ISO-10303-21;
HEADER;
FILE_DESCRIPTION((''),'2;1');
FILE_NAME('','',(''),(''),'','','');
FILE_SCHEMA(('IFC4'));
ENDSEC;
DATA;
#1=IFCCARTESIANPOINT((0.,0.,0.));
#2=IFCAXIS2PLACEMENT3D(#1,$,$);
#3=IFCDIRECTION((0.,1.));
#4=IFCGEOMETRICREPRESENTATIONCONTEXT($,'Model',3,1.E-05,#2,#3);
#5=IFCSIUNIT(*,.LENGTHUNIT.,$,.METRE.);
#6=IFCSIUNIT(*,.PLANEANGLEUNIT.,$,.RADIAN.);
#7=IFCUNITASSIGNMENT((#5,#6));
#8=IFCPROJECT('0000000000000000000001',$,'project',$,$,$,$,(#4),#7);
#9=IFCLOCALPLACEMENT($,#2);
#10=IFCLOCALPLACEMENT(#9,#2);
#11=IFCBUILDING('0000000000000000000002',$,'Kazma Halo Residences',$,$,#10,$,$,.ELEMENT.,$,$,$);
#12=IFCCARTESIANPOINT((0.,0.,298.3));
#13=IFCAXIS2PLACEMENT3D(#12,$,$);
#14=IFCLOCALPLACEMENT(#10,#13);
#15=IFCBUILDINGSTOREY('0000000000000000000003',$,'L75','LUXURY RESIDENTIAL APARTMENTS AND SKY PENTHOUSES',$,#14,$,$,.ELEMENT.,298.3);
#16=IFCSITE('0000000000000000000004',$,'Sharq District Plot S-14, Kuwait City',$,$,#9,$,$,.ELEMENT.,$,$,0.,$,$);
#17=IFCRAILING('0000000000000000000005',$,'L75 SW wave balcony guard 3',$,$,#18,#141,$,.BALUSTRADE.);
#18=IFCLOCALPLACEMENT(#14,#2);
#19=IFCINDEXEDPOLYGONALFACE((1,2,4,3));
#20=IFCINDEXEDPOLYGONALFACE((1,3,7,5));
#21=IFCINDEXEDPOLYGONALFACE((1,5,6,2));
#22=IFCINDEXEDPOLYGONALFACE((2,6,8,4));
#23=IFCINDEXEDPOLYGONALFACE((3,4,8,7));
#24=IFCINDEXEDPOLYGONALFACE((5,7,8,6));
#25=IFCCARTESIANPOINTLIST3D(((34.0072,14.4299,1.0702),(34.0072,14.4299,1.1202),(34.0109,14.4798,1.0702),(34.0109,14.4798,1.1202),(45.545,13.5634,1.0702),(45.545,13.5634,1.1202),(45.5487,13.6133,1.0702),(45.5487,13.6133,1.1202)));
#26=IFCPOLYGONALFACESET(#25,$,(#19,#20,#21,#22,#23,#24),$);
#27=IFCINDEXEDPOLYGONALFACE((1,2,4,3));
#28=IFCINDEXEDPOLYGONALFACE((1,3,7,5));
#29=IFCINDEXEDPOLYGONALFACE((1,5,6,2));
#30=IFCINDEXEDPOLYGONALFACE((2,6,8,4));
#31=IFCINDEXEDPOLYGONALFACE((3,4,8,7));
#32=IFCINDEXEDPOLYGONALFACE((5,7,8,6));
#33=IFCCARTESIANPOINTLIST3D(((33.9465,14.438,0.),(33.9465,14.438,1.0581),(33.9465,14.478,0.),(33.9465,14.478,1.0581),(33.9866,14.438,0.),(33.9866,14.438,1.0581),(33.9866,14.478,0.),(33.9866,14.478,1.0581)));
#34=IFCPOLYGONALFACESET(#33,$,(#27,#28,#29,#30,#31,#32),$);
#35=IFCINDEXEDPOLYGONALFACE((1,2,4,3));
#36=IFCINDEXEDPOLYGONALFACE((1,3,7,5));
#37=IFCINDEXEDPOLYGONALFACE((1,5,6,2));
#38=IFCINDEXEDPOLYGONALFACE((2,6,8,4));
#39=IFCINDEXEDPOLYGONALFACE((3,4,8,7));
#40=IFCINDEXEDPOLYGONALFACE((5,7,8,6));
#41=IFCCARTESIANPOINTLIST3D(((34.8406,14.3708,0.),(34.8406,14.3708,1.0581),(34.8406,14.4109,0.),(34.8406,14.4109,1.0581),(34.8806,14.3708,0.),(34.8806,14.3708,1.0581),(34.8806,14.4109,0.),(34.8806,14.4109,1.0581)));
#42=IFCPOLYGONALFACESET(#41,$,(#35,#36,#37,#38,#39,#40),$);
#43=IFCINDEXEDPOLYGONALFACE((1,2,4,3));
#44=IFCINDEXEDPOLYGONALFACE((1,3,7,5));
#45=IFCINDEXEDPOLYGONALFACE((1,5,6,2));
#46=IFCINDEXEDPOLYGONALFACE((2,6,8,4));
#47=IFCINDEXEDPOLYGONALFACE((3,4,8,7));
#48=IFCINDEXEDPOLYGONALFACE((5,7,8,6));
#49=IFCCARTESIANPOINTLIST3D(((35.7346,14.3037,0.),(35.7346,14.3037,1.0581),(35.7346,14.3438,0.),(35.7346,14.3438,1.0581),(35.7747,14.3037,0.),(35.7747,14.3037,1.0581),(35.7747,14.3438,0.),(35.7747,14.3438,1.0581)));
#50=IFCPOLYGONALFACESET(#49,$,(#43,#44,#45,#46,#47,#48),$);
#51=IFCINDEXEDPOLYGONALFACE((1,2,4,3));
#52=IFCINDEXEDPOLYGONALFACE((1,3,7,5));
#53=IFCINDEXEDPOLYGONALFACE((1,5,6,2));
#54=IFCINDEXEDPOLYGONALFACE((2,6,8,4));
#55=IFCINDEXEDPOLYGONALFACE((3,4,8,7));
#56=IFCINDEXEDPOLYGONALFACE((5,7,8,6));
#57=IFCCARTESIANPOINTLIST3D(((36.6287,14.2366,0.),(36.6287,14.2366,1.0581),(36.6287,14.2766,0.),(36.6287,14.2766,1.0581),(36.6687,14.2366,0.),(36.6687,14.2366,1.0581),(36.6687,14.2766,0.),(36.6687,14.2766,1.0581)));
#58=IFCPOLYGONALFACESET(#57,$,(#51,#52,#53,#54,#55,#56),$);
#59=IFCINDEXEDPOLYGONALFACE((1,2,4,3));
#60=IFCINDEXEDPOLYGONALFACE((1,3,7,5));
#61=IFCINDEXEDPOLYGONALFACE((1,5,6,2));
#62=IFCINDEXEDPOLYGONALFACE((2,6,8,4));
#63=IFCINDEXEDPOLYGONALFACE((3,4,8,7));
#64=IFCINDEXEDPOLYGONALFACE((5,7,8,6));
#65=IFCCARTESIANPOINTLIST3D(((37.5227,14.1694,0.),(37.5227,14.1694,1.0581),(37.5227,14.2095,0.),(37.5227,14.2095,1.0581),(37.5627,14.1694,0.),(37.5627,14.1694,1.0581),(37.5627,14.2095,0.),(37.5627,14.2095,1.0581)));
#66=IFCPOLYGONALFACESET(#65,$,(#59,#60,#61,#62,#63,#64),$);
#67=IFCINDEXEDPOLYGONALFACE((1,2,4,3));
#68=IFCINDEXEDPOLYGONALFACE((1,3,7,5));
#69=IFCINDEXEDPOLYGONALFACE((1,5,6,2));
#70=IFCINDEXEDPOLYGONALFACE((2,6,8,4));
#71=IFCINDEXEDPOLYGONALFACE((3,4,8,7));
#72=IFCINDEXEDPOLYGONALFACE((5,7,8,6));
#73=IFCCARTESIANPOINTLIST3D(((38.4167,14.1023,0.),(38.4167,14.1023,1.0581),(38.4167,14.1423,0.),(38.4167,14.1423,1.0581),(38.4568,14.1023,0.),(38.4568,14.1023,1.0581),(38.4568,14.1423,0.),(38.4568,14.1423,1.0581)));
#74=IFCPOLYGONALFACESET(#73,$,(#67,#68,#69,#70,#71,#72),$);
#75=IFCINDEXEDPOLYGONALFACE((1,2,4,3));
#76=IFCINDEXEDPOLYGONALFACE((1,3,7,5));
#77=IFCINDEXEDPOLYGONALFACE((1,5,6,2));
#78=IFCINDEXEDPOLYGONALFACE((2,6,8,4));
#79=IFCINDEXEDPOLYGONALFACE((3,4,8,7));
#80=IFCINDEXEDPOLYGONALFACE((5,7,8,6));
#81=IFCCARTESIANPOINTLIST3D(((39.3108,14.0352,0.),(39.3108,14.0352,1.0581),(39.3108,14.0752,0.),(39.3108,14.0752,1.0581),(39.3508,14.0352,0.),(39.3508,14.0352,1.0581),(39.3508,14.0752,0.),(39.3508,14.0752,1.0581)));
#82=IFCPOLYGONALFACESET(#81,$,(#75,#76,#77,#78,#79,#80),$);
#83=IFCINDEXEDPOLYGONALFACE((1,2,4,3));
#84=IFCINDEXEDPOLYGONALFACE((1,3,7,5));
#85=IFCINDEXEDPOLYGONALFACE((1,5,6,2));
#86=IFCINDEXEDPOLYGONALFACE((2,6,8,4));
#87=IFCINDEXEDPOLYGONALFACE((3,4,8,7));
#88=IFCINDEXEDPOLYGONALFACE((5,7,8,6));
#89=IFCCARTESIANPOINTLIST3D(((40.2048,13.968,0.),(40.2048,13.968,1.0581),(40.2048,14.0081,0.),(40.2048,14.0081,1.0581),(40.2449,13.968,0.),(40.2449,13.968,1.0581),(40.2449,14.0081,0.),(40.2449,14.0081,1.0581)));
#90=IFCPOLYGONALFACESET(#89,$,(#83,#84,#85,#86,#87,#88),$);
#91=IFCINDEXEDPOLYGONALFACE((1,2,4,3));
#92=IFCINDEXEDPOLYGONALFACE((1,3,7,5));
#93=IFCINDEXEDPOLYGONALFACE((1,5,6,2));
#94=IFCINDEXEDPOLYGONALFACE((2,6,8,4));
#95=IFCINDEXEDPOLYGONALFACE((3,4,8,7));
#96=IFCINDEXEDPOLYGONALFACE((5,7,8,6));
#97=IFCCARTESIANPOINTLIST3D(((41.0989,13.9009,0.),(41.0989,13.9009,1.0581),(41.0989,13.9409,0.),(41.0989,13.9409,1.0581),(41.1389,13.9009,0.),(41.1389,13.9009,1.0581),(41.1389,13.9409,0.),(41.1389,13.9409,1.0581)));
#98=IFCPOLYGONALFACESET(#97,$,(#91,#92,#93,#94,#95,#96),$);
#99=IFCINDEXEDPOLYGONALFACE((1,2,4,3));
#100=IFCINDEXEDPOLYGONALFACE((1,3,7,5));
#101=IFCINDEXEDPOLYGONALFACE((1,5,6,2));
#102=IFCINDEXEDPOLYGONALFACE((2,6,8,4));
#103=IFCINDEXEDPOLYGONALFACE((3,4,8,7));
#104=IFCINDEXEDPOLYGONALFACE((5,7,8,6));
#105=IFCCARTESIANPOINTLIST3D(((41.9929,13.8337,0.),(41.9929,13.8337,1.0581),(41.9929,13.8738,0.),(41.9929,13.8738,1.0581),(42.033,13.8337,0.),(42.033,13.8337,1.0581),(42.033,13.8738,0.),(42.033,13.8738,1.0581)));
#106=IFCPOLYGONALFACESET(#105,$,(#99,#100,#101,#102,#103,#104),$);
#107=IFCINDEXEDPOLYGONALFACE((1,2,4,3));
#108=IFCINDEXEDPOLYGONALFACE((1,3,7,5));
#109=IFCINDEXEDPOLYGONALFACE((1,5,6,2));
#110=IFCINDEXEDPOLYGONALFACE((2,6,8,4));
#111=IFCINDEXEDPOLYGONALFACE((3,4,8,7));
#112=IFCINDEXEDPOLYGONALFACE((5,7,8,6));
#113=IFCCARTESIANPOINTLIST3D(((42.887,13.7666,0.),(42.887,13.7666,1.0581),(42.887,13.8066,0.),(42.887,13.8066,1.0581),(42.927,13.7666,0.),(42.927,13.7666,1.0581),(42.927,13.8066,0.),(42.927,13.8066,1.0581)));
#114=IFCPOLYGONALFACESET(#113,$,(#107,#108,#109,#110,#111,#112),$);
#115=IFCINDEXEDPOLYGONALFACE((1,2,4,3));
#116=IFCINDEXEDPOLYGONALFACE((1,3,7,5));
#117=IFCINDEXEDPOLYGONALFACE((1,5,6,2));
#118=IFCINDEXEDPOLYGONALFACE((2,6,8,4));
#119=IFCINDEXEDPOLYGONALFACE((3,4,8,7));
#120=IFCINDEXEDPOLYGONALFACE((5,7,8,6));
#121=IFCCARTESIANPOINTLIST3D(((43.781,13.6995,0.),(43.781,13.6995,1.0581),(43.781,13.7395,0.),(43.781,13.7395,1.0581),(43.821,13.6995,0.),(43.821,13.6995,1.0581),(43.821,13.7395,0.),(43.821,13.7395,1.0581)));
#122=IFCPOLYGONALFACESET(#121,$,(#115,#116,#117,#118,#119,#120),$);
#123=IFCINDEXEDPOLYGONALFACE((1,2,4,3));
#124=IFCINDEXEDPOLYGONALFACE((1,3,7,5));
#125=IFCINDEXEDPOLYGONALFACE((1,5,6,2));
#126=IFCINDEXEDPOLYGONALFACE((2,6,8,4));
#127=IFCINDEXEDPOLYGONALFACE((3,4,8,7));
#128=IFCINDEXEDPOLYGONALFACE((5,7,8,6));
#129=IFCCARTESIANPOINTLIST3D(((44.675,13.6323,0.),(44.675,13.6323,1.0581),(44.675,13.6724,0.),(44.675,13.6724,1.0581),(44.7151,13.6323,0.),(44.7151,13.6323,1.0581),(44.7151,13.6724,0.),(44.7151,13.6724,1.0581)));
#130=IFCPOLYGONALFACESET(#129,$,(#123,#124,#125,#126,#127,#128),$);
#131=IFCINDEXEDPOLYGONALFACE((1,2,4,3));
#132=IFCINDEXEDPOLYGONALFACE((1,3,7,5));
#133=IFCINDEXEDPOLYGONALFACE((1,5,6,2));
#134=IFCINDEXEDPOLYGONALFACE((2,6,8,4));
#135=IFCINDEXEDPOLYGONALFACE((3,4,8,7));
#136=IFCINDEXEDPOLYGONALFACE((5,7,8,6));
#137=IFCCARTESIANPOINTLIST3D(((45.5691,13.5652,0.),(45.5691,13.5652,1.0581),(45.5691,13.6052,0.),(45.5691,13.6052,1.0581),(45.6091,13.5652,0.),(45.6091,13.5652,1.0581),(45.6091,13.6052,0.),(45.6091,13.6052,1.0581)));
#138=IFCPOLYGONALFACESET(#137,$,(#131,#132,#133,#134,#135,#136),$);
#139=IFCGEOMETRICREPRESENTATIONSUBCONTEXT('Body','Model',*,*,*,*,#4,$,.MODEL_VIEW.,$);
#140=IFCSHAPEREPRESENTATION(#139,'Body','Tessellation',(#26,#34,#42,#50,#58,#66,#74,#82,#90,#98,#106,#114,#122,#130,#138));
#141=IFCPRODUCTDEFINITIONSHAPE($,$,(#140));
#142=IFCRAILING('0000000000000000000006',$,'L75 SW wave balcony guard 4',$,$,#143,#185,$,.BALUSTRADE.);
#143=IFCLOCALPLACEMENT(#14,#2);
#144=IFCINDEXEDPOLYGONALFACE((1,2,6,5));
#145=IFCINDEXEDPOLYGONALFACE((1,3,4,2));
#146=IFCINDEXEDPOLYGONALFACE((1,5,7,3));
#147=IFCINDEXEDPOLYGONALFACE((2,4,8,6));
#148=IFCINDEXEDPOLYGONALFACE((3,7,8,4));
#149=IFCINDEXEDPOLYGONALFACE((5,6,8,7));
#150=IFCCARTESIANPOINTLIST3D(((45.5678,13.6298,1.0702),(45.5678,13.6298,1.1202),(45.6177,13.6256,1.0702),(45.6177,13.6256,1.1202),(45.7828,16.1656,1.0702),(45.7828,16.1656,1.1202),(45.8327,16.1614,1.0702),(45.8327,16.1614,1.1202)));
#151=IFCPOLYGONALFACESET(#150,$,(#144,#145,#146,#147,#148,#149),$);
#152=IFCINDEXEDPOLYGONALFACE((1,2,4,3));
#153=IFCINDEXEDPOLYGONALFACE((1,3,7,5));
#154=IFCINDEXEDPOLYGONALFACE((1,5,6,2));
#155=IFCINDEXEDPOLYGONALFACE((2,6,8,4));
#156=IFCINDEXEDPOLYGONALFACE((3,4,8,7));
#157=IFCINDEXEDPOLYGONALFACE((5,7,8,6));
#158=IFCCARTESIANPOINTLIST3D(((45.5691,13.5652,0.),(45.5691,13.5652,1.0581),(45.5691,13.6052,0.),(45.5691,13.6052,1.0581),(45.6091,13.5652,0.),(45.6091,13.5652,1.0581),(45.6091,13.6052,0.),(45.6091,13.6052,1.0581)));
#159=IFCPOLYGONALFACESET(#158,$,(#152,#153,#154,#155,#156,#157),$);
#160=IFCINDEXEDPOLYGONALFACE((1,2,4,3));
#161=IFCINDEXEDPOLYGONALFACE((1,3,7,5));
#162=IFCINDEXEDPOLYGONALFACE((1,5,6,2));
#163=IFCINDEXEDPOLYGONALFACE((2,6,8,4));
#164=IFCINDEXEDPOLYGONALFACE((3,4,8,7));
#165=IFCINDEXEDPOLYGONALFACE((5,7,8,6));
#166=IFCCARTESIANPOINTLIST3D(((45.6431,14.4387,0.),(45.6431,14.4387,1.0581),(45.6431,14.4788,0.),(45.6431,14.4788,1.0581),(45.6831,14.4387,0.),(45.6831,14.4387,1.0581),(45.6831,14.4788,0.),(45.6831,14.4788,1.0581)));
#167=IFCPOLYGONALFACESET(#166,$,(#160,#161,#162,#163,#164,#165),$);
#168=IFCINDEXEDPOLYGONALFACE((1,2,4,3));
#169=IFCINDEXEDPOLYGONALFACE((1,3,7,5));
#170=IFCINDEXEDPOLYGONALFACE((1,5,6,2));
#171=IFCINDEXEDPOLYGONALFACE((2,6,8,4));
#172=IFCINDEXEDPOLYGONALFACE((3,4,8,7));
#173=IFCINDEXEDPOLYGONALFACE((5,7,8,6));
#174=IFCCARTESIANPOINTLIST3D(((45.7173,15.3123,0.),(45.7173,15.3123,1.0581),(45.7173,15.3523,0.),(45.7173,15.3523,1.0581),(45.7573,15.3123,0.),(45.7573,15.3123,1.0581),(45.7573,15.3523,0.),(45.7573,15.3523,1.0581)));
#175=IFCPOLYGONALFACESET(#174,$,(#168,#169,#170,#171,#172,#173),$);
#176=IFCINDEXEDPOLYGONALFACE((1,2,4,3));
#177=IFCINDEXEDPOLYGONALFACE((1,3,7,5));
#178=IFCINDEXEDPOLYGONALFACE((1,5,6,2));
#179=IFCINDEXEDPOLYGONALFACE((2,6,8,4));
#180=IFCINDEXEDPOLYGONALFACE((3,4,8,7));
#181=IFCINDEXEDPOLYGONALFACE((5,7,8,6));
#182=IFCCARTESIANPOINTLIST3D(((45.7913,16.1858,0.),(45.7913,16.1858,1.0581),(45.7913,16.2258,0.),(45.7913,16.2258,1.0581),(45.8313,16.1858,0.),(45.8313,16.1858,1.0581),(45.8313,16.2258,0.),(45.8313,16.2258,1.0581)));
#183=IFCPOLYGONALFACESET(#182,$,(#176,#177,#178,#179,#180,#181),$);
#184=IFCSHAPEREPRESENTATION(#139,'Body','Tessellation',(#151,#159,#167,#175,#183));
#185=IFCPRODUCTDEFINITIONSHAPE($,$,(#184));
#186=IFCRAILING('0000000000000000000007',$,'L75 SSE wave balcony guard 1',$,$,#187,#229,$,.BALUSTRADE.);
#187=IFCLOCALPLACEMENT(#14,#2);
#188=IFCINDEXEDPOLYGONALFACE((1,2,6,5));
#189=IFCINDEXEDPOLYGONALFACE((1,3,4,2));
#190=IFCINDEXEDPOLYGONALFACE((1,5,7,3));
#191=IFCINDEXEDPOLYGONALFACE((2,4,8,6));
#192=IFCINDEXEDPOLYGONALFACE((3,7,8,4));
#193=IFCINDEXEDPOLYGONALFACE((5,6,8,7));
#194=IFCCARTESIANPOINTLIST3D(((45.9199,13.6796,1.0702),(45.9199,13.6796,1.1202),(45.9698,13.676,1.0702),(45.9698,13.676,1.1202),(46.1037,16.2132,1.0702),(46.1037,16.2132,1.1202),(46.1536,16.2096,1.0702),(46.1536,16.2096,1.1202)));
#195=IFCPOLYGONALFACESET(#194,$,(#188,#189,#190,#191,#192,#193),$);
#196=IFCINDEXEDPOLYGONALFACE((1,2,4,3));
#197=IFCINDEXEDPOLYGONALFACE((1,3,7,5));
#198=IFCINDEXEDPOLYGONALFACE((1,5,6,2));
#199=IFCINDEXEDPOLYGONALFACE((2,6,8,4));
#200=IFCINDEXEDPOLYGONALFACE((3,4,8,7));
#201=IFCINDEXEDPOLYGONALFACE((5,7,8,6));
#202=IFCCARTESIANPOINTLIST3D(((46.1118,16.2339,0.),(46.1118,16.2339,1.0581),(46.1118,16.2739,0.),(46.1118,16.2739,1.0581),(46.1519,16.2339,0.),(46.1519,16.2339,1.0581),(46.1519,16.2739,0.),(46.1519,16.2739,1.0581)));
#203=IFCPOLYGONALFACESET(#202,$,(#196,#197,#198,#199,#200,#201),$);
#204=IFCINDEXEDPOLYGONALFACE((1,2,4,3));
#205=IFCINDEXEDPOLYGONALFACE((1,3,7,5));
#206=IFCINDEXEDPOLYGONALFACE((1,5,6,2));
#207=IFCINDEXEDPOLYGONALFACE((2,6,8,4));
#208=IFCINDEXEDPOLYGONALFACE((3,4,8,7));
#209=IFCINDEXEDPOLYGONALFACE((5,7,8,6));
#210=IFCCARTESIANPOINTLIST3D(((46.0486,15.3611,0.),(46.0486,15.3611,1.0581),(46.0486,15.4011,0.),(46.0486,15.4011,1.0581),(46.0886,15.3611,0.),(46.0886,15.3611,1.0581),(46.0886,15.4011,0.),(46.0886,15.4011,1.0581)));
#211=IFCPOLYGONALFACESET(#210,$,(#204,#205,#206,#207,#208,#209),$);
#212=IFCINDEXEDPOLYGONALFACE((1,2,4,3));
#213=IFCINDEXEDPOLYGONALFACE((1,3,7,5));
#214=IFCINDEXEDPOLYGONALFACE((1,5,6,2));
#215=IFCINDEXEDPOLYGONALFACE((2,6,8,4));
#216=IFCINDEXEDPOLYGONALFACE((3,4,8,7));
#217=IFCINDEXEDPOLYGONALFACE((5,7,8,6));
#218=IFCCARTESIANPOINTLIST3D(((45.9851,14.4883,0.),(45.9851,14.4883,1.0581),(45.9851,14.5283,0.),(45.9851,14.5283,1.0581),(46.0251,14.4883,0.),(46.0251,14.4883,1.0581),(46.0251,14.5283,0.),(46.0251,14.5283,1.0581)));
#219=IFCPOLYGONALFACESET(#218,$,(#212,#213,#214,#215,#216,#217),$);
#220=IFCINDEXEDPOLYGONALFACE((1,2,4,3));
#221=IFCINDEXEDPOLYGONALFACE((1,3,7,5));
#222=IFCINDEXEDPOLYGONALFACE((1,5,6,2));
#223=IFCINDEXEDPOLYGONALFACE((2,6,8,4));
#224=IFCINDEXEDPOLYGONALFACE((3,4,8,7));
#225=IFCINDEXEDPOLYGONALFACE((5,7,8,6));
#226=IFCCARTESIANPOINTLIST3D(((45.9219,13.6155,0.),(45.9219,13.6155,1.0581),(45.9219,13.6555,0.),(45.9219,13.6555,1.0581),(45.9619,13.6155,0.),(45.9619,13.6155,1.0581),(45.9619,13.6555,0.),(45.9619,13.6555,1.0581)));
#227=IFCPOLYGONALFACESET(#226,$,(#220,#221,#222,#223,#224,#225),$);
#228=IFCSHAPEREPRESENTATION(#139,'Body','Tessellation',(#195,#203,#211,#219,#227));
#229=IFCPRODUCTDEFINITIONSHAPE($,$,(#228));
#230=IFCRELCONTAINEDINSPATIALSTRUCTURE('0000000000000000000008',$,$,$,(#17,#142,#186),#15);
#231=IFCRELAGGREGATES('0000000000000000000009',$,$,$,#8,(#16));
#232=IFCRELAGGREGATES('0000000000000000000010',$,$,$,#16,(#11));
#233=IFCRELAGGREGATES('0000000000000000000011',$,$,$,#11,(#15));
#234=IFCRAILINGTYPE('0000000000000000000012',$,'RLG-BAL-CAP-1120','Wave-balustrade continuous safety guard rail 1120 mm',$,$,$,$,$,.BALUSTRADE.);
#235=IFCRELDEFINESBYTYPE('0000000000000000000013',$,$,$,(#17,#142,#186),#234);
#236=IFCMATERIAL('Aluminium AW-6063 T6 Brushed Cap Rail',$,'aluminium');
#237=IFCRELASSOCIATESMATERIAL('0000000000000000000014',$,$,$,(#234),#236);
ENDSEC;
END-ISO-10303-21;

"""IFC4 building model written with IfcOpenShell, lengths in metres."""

from ifc_helpers import new_model, si_unit, direction, frame, origin, origin_2d, place, context, subcontext, project, spatial, rectangle, extrude, material, type_object, element, save


model = new_model("IFC4")

# Units and contexts
model_context = context("Model", 3, precision=1e-05, world=origin(), true_north=direction((0.0, 1.0)))
body_context = subcontext(model_context, "Body", "Model", "MODEL_VIEW")
ifc_project = project(units=[si_unit("LENGTHUNIT", "METRE"), si_unit("PLANEANGLEUNIT", "RADIAN")], contexts=[model_context])

# Site, building, storey
site_placement = place(None, origin())
site = spatial("IfcSite", under=ifc_project, at=site_placement, Name="Sharq District Plot S-14, Kuwait City", CompositionType="ELEMENT", RefElevation=0.0)
building_placement = place(site_placement, origin())
building = spatial("IfcBuilding", under=site, at=building_placement, Name="Kazma Halo Residences", CompositionType="ELEMENT")
storey_placement = place(building_placement, frame((0.0, 0.0, 298.3)))
storey = spatial("IfcBuildingStorey", under=building, at=storey_placement, Name="L75", Description="LUXURY RESIDENTIAL APARTMENTS AND SKY PENTHOUSES", CompositionType="ELEMENT", Elevation=298.3)

# Railings
ifc_material_1 = material(Name="Aluminium AW-6063 T6 Brushed Cap Rail", Category="aluminium")
railing_type = type_object("IfcRailingType", Name="RLG-BAL-CAP-1120", Description="Wave-balustrade continuous safety guard rail 1120 mm", PredefinedType="BALUSTRADE", material=ifc_material_1)
railing_1_placement = place(storey_placement, frame((33.9666, 14.458, 0.0)))
element("IfcRailing", 1, at=railing_1_placement, inside=storey, type_object=railing_type, Name="L75 SW wave balcony guard 3", PredefinedType="BALUSTRADE", context=body_context, shape_type="SweptSolid", body=[
    extrude(rectangle(XDim=0.05, YDim=0.05, at=origin_2d()), frame((0.0425, -0.0032, 1.0952), z_axis=(0.997192, -0.074885, 0.0), x_axis=(0.074885, 0.997192, 0.0)), (0.0, 0.0, 1.0), 11.5703),
    extrude(rectangle(XDim=0.04, YDim=0.04, at=origin_2d()), origin(), (0.0, 0.0, 1.0), 1.0581),
    extrude(rectangle(XDim=0.04, YDim=0.04, at=origin_2d()), frame((0.894, -0.0671, 0.0)), (0.0, 0.0, 1.0), 1.0581),
    extrude(rectangle(XDim=0.04, YDim=0.04, at=origin_2d()), frame((1.7881, -0.1343, 0.0)), (0.0, 0.0, 1.0), 1.0581),
    extrude(rectangle(XDim=0.04, YDim=0.04, at=origin_2d()), frame((2.6821, -0.2014, 0.0)), (0.0, 0.0, 1.0), 1.0581),
    extrude(rectangle(XDim=0.04, YDim=0.04, at=origin_2d()), frame((3.5762, -0.2686, 0.0)), (0.0, 0.0, 1.0), 1.0581),
    extrude(rectangle(XDim=0.04, YDim=0.04, at=origin_2d()), frame((4.4702, -0.3357, 0.0)), (0.0, 0.0, 1.0), 1.0581),
    extrude(rectangle(XDim=0.04, YDim=0.04, at=origin_2d()), frame((5.3643, -0.4028, 0.0)), (0.0, 0.0, 1.0), 1.0581),
    extrude(rectangle(XDim=0.04, YDim=0.04, at=origin_2d()), frame((6.2583, -0.47, 0.0)), (0.0, 0.0, 1.0), 1.0581),
    extrude(rectangle(XDim=0.04, YDim=0.04, at=origin_2d()), frame((7.1523, -0.5371, 0.0)), (0.0, 0.0, 1.0), 1.0581),
    extrude(rectangle(XDim=0.04, YDim=0.04, at=origin_2d()), frame((8.0464, -0.6042, 0.0)), (0.0, 0.0, 1.0), 1.0581),
    extrude(rectangle(XDim=0.04, YDim=0.04, at=origin_2d()), frame((8.9404, -0.6714, 0.0)), (0.0, 0.0, 1.0), 1.0581),
    extrude(rectangle(XDim=0.04, YDim=0.04, at=origin_2d()), frame((9.8345, -0.7385, 0.0)), (0.0, 0.0, 1.0), 1.0581),
    extrude(rectangle(XDim=0.04, YDim=0.04, at=origin_2d()), frame((10.7285, -0.8057, 0.0)), (0.0, 0.0, 1.0), 1.0581),
    extrude(rectangle(XDim=0.04, YDim=0.04, at=origin_2d()), frame((11.6226, -0.8728, 0.0)), (0.0, 0.0, 1.0), 1.0581),
])
railing_2_placement = place(storey_placement, frame((45.5891, 13.5852, 0.0)))
element("IfcRailing", 2, at=railing_2_placement, inside=storey, type_object=railing_type, Name="L75 SW wave balcony guard 4", PredefinedType="BALUSTRADE", context=body_context, shape_type="SweptSolid", body=[
    extrude(rectangle(XDim=0.05, YDim=0.05, at=origin_2d()), frame((0.0037, 0.0425, 1.0952), z_axis=(0.084474, 0.996426, 0.0), x_axis=(-0.996426, 0.084474, 0.0)), (0.0, 0.0, 1.0), 2.5449),
    extrude(rectangle(XDim=0.04, YDim=0.04, at=origin_2d()), origin(), (0.0, 0.0, 1.0), 1.0581),
    extrude(rectangle(XDim=0.04, YDim=0.04, at=origin_2d()), frame((0.074, 0.8735, 0.0)), (0.0, 0.0, 1.0), 1.0581),
    extrude(rectangle(XDim=0.04, YDim=0.04, at=origin_2d()), frame((0.1482, 1.7471, 0.0)), (0.0, 0.0, 1.0), 1.0581),
    extrude(rectangle(XDim=0.04, YDim=0.04, at=origin_2d()), frame((0.2222, 2.6206, 0.0)), (0.0, 0.0, 1.0), 1.0581),
])
railing_3_placement = place(storey_placement, frame((46.1318, 16.2539, 0.0)))
element("IfcRailing", 3, at=railing_3_placement, inside=storey, type_object=railing_type, Name="L75 SSE wave balcony guard 1", PredefinedType="BALUSTRADE", context=body_context, shape_type="SweptSolid", body=[
    extrude(rectangle(XDim=0.05, YDim=0.05, at=origin_2d()), frame((-0.0032, -0.0425, 1.0952), z_axis=(-0.072351, -0.997379, 0.0), x_axis=(0.997379, -0.072351, 0.0)), (0.0, 0.0, 1.0), 2.5403),
    extrude(rectangle(XDim=0.04, YDim=0.04, at=origin_2d()), origin(), (0.0, 0.0, 1.0), 1.0581),
    extrude(rectangle(XDim=0.04, YDim=0.04, at=origin_2d()), frame((-0.0632, -0.8728, 0.0)), (0.0, 0.0, 1.0), 1.0581),
    extrude(rectangle(XDim=0.04, YDim=0.04, at=origin_2d()), frame((-0.1267, -1.7456, 0.0)), (0.0, 0.0, 1.0), 1.0581),
    extrude(rectangle(XDim=0.04, YDim=0.04, at=origin_2d()), frame((-0.1899, -2.6184, 0.0)), (0.0, 0.0, 1.0), 1.0581),
])

save(model, "model.ifc")
